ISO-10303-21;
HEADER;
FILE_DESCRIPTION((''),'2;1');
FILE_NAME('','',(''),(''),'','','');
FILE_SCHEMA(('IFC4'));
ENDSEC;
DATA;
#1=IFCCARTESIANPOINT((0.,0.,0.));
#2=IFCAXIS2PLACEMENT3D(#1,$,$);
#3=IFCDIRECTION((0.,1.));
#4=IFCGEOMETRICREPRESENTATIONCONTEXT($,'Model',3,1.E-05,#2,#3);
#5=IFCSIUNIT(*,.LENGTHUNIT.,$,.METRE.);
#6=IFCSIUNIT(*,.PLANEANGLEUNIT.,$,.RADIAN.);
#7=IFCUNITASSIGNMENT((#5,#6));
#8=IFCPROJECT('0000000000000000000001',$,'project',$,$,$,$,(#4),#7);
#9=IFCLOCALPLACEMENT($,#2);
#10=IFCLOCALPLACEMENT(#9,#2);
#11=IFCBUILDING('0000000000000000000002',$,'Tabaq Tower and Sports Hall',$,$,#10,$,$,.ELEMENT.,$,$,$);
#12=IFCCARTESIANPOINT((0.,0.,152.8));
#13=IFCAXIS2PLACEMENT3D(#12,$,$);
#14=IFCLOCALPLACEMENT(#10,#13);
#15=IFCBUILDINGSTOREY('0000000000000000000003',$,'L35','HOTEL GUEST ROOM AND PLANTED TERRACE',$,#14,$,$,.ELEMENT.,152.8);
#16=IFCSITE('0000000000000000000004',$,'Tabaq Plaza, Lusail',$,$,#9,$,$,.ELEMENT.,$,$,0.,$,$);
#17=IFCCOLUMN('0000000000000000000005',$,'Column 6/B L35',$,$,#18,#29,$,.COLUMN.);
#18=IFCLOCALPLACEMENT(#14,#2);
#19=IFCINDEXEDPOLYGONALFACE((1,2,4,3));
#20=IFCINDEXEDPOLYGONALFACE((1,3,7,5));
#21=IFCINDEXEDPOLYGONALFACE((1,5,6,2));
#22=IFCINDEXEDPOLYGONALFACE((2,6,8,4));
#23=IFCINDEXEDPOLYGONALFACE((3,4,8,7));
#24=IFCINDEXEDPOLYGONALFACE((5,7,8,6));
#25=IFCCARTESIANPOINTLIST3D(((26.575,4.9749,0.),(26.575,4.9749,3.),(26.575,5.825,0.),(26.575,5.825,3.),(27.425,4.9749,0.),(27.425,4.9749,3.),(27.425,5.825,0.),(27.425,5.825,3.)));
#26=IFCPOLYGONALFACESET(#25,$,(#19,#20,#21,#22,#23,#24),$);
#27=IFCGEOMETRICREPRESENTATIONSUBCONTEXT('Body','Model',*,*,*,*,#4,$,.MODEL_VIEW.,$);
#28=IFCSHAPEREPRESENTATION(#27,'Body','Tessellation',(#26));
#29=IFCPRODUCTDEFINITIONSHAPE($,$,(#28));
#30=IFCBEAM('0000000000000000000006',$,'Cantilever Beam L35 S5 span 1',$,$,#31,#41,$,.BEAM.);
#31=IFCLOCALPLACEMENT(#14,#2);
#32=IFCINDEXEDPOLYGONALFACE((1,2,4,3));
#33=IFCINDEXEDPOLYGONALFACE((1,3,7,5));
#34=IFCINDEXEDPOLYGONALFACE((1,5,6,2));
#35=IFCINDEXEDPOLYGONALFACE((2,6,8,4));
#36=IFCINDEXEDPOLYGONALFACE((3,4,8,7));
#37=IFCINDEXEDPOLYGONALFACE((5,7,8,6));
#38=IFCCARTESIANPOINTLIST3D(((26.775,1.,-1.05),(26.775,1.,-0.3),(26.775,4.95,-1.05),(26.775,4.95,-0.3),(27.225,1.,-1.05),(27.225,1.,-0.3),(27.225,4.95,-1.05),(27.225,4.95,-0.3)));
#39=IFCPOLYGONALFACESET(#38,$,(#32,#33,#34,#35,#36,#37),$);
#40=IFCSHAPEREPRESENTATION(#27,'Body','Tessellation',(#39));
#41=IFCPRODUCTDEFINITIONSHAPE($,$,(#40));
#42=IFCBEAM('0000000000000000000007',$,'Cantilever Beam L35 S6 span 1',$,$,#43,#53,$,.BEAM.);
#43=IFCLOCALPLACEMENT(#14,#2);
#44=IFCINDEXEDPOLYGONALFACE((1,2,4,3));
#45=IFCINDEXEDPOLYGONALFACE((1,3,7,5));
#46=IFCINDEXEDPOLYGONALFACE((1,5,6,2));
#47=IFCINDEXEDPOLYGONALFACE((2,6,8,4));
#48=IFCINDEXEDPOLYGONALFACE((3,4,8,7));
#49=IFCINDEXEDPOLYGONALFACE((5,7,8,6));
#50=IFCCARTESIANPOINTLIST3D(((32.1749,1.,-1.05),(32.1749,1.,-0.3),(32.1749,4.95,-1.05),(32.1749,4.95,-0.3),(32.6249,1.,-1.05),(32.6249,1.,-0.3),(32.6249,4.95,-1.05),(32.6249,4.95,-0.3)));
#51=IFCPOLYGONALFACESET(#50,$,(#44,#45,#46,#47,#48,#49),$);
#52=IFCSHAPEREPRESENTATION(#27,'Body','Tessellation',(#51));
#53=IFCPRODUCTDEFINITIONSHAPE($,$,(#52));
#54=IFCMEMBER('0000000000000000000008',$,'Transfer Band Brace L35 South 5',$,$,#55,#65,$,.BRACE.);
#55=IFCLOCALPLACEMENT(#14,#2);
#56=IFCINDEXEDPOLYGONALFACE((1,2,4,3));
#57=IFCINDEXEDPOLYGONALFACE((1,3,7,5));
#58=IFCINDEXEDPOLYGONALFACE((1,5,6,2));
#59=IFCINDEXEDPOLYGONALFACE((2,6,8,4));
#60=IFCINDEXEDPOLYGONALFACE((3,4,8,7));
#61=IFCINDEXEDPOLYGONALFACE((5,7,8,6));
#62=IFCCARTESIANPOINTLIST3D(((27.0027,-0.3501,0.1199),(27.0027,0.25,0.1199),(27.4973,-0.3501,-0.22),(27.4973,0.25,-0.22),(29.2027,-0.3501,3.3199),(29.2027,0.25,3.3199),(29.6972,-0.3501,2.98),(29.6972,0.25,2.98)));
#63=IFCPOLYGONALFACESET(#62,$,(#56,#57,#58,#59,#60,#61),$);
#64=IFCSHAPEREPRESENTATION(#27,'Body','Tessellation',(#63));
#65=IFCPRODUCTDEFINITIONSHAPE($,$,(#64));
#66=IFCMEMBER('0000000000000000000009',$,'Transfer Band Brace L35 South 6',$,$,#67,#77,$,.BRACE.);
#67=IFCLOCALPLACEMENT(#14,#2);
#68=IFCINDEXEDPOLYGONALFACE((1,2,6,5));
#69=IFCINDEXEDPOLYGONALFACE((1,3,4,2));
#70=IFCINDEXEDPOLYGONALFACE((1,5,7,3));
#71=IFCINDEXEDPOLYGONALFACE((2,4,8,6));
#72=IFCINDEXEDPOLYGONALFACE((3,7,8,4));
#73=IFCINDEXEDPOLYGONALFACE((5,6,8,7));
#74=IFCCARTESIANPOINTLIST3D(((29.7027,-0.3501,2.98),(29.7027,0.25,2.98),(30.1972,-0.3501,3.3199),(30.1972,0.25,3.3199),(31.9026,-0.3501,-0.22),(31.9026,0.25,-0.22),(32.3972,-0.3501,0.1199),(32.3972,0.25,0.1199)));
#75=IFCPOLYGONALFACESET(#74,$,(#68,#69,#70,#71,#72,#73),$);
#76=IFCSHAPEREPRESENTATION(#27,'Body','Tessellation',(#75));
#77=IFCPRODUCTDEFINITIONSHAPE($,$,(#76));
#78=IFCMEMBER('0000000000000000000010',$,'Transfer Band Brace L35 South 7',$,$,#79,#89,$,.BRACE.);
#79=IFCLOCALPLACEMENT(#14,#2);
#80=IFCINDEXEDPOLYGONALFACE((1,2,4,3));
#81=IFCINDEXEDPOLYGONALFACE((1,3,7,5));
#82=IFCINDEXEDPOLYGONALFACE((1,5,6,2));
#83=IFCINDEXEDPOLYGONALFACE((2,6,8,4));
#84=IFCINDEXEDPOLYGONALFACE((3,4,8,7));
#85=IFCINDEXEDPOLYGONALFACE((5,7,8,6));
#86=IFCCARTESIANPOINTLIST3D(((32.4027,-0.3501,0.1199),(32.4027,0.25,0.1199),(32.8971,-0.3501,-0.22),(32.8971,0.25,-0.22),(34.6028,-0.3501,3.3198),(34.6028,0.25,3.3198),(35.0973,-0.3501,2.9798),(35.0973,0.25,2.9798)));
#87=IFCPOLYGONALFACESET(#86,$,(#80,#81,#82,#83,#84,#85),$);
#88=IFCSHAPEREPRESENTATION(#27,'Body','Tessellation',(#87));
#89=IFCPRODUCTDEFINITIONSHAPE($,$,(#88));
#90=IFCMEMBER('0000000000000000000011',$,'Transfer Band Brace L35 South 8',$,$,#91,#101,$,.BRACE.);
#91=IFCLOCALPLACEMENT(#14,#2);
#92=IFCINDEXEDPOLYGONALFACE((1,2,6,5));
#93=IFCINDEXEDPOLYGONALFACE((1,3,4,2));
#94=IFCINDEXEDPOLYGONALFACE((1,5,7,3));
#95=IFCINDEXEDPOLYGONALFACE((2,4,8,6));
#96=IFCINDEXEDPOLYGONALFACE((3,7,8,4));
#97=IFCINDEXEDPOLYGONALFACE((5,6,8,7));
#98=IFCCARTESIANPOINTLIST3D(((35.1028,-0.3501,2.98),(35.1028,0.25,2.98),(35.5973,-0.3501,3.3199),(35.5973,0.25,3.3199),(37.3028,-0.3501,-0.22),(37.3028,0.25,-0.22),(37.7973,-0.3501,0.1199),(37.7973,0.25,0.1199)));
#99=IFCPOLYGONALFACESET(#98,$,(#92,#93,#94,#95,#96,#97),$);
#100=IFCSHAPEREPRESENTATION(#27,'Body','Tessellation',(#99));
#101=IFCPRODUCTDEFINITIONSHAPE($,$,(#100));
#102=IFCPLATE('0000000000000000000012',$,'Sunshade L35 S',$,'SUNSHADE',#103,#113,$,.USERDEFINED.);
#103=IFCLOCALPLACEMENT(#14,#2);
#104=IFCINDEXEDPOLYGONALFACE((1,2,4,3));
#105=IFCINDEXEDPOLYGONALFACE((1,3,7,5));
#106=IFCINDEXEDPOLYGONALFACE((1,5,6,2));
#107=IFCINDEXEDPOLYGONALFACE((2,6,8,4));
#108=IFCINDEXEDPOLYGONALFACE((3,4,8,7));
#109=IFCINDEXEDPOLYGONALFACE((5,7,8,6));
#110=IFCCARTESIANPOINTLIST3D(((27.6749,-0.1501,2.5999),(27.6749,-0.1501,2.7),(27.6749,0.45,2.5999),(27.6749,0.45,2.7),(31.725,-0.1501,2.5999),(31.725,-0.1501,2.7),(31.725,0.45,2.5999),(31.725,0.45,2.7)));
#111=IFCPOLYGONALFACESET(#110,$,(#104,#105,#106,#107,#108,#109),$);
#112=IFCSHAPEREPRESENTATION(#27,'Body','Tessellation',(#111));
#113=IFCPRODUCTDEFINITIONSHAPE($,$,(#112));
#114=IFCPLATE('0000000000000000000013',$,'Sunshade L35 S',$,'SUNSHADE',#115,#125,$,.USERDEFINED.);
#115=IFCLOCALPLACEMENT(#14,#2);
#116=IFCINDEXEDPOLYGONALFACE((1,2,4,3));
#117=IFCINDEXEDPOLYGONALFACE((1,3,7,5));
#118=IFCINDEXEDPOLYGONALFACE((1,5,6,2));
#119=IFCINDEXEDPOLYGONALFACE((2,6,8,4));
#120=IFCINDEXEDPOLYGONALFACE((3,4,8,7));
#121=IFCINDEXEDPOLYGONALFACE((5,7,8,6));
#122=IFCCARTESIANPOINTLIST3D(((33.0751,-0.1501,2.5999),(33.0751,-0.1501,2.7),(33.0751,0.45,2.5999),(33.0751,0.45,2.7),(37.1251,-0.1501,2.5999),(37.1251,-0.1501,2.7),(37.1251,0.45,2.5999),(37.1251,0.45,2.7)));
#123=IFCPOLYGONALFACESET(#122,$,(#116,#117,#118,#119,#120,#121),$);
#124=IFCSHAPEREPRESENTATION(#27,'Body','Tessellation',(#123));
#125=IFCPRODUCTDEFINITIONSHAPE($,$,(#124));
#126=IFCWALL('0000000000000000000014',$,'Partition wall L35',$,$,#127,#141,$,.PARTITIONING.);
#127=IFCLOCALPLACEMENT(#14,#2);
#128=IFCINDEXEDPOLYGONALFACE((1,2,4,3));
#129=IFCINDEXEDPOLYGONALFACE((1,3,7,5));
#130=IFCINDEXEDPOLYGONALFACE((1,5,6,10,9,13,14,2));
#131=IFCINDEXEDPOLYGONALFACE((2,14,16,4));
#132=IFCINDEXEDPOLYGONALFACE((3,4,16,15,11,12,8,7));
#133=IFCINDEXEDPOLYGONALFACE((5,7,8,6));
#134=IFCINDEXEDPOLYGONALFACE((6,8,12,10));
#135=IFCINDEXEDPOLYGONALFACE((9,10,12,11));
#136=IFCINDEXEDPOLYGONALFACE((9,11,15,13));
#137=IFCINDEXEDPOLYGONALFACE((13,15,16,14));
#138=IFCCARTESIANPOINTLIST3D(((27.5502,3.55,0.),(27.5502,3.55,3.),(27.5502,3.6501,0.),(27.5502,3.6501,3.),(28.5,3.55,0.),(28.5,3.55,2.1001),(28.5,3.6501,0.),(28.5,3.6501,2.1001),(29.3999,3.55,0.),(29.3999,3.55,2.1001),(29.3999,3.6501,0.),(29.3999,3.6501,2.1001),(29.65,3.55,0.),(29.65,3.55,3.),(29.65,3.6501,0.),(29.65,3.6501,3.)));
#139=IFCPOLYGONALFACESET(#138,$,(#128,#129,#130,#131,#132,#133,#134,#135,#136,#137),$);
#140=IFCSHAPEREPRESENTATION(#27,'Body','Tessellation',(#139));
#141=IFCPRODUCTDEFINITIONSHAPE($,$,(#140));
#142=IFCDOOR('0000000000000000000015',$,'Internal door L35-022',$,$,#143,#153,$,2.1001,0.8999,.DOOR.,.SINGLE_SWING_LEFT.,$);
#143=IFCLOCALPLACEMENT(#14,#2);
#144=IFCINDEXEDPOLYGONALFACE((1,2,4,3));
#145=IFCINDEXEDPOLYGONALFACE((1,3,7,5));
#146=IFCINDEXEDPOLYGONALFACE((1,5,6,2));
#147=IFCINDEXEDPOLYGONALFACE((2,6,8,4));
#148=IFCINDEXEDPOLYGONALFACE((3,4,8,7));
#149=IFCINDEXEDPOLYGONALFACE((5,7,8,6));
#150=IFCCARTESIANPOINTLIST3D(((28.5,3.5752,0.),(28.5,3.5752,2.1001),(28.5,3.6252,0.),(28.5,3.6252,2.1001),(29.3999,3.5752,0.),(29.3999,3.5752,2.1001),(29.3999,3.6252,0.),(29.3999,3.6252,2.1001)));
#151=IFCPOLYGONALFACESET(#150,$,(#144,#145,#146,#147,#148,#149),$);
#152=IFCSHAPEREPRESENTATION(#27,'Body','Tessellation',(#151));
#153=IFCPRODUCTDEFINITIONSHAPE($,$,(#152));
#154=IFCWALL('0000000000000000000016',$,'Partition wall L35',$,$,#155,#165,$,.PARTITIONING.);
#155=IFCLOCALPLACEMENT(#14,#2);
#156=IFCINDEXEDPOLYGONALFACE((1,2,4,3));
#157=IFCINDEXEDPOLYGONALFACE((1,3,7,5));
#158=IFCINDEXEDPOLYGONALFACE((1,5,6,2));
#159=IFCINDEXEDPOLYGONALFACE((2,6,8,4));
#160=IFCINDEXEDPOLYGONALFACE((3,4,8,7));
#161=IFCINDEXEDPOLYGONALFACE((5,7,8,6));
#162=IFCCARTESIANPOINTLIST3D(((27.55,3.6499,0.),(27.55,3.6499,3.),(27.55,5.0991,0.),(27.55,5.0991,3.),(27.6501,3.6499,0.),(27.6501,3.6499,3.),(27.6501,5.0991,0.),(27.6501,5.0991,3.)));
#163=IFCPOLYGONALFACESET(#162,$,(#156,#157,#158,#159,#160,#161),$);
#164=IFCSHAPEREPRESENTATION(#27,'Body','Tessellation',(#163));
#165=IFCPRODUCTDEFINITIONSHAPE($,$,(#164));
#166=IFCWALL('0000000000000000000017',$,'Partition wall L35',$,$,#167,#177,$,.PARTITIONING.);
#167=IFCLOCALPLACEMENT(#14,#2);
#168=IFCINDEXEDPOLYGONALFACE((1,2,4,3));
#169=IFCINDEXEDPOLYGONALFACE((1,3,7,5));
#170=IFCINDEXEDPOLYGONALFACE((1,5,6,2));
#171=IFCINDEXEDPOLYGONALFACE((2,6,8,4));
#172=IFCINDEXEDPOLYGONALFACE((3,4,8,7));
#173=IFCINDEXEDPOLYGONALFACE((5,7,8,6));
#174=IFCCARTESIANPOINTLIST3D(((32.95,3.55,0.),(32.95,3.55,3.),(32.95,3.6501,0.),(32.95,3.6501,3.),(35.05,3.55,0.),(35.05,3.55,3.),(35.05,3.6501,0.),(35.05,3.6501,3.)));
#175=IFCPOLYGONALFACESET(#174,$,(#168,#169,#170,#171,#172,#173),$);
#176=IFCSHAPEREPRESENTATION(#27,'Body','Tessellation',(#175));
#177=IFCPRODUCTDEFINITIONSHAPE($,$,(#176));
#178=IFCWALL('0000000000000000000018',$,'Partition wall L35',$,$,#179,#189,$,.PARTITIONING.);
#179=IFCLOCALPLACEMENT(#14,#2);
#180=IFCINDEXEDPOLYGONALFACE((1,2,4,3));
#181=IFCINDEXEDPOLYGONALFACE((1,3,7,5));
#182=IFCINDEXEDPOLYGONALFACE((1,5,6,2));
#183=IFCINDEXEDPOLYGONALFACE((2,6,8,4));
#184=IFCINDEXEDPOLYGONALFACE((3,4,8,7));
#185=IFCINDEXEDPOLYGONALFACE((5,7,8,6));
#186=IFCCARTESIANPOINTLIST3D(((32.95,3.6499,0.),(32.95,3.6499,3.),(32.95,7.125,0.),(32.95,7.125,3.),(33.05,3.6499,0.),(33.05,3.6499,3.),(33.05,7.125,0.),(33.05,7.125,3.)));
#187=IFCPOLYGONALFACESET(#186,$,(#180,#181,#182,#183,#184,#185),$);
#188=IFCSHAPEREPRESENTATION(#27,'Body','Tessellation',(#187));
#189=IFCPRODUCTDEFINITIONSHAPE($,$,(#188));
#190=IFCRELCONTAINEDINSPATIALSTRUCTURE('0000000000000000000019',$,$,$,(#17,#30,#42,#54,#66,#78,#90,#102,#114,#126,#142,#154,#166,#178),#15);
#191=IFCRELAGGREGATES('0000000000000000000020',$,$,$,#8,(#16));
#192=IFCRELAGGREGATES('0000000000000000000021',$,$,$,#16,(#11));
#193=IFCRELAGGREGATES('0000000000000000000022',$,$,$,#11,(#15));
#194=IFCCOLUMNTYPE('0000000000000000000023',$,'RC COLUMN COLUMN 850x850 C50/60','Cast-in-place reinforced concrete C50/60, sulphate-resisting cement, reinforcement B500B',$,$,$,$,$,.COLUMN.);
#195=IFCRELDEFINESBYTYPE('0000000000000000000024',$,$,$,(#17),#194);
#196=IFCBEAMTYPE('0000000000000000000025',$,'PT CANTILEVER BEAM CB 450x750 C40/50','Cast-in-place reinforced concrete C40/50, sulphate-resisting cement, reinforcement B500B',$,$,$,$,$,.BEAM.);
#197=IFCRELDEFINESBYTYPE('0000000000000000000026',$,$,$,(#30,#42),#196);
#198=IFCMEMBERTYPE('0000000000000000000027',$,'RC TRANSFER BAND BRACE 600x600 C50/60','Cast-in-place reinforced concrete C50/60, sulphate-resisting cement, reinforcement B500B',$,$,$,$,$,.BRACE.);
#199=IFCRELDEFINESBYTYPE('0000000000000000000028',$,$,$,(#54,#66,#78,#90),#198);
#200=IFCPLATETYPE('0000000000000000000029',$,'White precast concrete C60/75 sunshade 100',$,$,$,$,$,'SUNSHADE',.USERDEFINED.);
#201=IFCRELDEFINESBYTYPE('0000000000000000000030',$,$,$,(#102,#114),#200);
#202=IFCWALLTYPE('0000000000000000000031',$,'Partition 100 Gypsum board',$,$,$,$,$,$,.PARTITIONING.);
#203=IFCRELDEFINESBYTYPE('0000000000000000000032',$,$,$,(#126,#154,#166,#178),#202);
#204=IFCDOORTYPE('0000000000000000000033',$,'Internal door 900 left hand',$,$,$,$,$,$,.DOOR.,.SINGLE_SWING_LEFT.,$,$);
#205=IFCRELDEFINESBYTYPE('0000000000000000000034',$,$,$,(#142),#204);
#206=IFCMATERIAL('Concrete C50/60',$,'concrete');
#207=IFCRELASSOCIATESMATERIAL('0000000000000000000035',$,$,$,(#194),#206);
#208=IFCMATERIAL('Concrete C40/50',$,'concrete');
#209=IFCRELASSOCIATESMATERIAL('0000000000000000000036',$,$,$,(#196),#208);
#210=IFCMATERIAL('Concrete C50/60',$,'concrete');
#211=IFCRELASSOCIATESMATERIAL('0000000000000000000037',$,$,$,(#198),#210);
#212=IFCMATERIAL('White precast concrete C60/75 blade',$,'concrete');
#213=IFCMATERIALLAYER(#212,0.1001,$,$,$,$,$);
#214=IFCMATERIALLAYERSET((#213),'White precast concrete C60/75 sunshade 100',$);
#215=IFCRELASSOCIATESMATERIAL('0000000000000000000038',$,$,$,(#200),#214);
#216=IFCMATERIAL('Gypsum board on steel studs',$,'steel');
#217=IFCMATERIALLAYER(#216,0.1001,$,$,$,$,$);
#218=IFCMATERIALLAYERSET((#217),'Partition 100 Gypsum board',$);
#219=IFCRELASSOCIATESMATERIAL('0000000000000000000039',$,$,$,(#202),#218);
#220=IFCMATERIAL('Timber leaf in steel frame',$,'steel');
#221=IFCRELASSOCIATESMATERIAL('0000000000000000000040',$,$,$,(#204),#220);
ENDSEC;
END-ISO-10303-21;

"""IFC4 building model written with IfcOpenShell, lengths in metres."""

from ifc_helpers import new_model, si_unit, direction, frame, frame_2d, origin, origin_2d, place, context, subcontext, project, spatial, rectangle, extrude, material, layer, layer_set, material_profile, profile_set, type_object, element, fill, save


model = new_model("IFC4")

# Units and contexts
model_context = context("Model", 3, precision=1e-05, world=origin(), true_north=direction((0.0, 1.0)))
body_context = subcontext(model_context, "Body", "Model", "MODEL_VIEW")
ifc_project = project(units=[si_unit("LENGTHUNIT", "METRE"), si_unit("PLANEANGLEUNIT", "RADIAN")], contexts=[model_context])

# Site, building, storey
site_placement = place(None, origin())
site = spatial("IfcSite", under=ifc_project, at=site_placement, Name="Tabaq Plaza, Lusail", CompositionType="ELEMENT", RefElevation=0.0)
building_placement = place(site_placement, origin())
building = spatial("IfcBuilding", under=site, at=building_placement, Name="Tabaq Tower and Sports Hall", CompositionType="ELEMENT")
storey_placement = place(building_placement, frame((0.0, 0.0, 152.8)))
storey = spatial("IfcBuildingStorey", under=building, at=storey_placement, Name="L35", Description="HOTEL GUEST ROOM AND PLANTED TERRACE", CompositionType="ELEMENT", Elevation=152.8)

# Column
ifc_material_1 = material(Name="Concrete C50/60", Category="concrete")
ifc_material_profile_1 = material_profile(ifc_material_1, rectangle(XDim=0.8501, YDim=0.8501, at=origin_2d()), Name="COLUMN 850x850")
ifc_profile_set_1 = profile_set([ifc_material_profile_1], Name="Concrete C50/60")
column_type = type_object("IfcColumnType", Name="RC COLUMN COLUMN 850x850 C50/60", Description="Cast-in-place reinforced concrete C50/60, sulphate-resisting cement, reinforcement B500B", PredefinedType="COLUMN", material=ifc_profile_set_1)
column_placement = place(storey_placement, frame((27.0, 5.3999, 0.0), z_axis=(0.0, 0.0, 1.0), x_axis=(1.0, 0.0, 0.0)))
element("IfcColumn", 1, at=column_placement, inside=storey, type_object=column_type, Name="Column 6/B L35", PredefinedType="COLUMN", context=body_context, shape_type="SweptSolid", body=[
    extrude(rectangle(XDim=0.8501, YDim=0.8501, at=origin_2d()), origin(), (0.0, 0.0, 1.0), 3.0),
])

# Beams
ifc_material_2 = material(Name="Concrete C40/50", Category="concrete")
ifc_material_profile_2 = material_profile(ifc_material_2, rectangle(XDim=0.45, YDim=0.75, at=origin_2d()), Name="CB 450x750")
ifc_profile_set_2 = profile_set([ifc_material_profile_2], Name="Concrete C40/50")
beam_type = type_object("IfcBeamType", Name="PT CANTILEVER BEAM CB 450x750 C40/50", Description="Cast-in-place reinforced concrete C40/50, sulphate-resisting cement, reinforcement B500B", PredefinedType="BEAM", material=ifc_profile_set_2)
for number, where, z_axis, x_axis, name in (
    (2, (27.0, 1.0, -0.675), (0.0, 1.0, 0.0), (-1.0, 0.0, 0.0), "Cantilever Beam L35 S5 span 1"),
    (3, (32.3999, 1.0, -0.675), (0.0, 1.0, 0.0), (-1.0, 0.0, 0.0), "Cantilever Beam L35 S6 span 1"),
):
    element("IfcBeam", number, at=place(storey_placement, frame(where, z_axis=z_axis, x_axis=x_axis)), inside=storey, type_object=beam_type, Name=name, PredefinedType="BEAM", context=body_context, shape_type="SweptSolid", body=[
        extrude(rectangle(XDim=0.45, YDim=0.75, at=origin_2d()), origin(), (0.0, 0.0, 1.0), 3.95),
    ])

# Members
ifc_material_3 = material(Name="Concrete C50/60", Category="concrete")
ifc_material_profile_3 = material_profile(ifc_material_3, rectangle(XDim=0.6001, YDim=0.6001, at=origin_2d()), Name="TRANSFER BAND BRACE 600x600")
ifc_profile_set_3 = profile_set([ifc_material_profile_3], Name="Concrete C50/60")
member_type = type_object("IfcMemberType", Name="RC TRANSFER BAND BRACE 600x600 C50/60", Description="Cast-in-place reinforced concrete C50/60, sulphate-resisting cement, reinforcement B500B", PredefinedType="BRACE", material=ifc_profile_set_3)
for number, where, z_axis, x_axis, name in (
    (4, (27.25, -0.05, -0.05), (0.566526, 0.0, 0.824044), (0.0, 1.0, 0.0), "Transfer Band Brace L35 South 5"),
    (5, (32.1499, -0.05, -0.05), (-0.566526, 0.0, 0.824044), (0.0, -1.0, 0.0), "Transfer Band Brace L35 South 6"),
    (6, (32.6499, -0.05, -0.05), (0.566569, 0.0, 0.824014), (0.0, 1.0, 0.0), "Transfer Band Brace L35 South 7"),
    (7, (37.55, -0.05, -0.05), (-0.566526, 0.0, 0.824044), (0.0, -1.0, 0.0), "Transfer Band Brace L35 South 8"),
):
    element("IfcMember", number, at=place(storey_placement, frame(where, z_axis=z_axis, x_axis=x_axis)), inside=storey, type_object=member_type, Name=name, PredefinedType="BRACE", context=body_context, shape_type="SweptSolid", body=[
        extrude(rectangle(XDim=0.6001, YDim=0.6001, at=origin_2d()), origin(), (0.0, 0.0, 1.0), 3.8833),
    ])

# Plates
ifc_material_4 = material(Name="White precast concrete C60/75 blade", Category="concrete")
ifc_layer_1 = layer(ifc_material_4, 0.1001)
ifc_layer_set_1 = layer_set([ifc_layer_1], Name="White precast concrete C60/75 sunshade 100")
plate_type = type_object("IfcPlateType", Name="White precast concrete C60/75 sunshade 100", ElementType="SUNSHADE", PredefinedType="USERDEFINED", material=ifc_layer_set_1)
for number, where, z_axis, x_axis, name in (
    (8, (29.7, 0.1499, 2.5999), (0.0, 0.0, 1.0), (1.0, 0.0, 0.0), "Sunshade L35 S"),
    (9, (35.1001, 0.1499, 2.5999), (0.0, 0.0, 1.0), (1.0, 0.0, 0.0), "Sunshade L35 S"),
):
    element("IfcPlate", number, at=place(storey_placement, frame(where, z_axis=z_axis, x_axis=x_axis)), inside=storey, type_object=plate_type, Name=name, ObjectType="SUNSHADE", PredefinedType="USERDEFINED", context=body_context, shape_type="SweptSolid", body=[
        extrude(rectangle(XDim=4.05, YDim=0.6001, at=origin_2d()), origin(), (0.0, 0.0, 1.0), 0.1001),
    ])

# Wall, opening, door
ifc_material_5 = material(Name="Gypsum board on steel studs", Category="steel")
ifc_layer_2 = layer(ifc_material_5, 0.1001)
ifc_layer_set_2 = layer_set([ifc_layer_2], Name="Partition 100 Gypsum board")
wall_type_1 = type_object("IfcWallType", Name="Partition 100 Gypsum board", PredefinedType="PARTITIONING", material=ifc_layer_set_2)
wall_1_placement = place(storey_placement, frame((29.6499, 3.6001, 0.0), z_axis=(0.0, 0.0, 1.0), x_axis=(-1.0, 0.0, 0.0)))
wall_1 = element("IfcWall", 10, at=wall_1_placement, inside=storey, type_object=wall_type_1, Name="Partition wall L35", PredefinedType="PARTITIONING", context=body_context, shape_type="SweptSolid", body=[
    extrude(rectangle(XDim=2.0999, YDim=0.1001, at=frame_2d((1.0498, 0.0))), origin(), (0.0, 0.0, 1.0), 3.0),
])
opening_placement = place(wall_1_placement, frame((0.25, 0.0, 0.0)))
opening = element("IfcOpeningElement", 11, at=opening_placement, cuts=wall_1, PredefinedType="OPENING", context=body_context, shape_type="SweptSolid", body=[
    extrude(rectangle(XDim=0.8999, YDim=2.1001, at=frame_2d((0.45, 1.05))), frame((0.0, 0.05, 0.0), z_axis=(0.0, -1.0, 0.0), x_axis=(1.0, 0.0, 0.0)), (0.0, 0.0, 1.0), 0.1001),
])
ifc_material_6 = material(Name="Timber leaf in steel frame", Category="steel")
door_type = type_object("IfcDoorType", Name="Internal door 900 left hand", OperationType="SINGLE_SWING_LEFT", PredefinedType="DOOR", material=ifc_material_6)
door_placement = place(opening_placement, origin())
door = element("IfcDoor", 12, at=door_placement, inside=storey, type_object=door_type, Name="Internal door L35-022", OperationType="SINGLE_SWING_LEFT", OverallHeight=2.1001, OverallWidth=0.8999, PredefinedType="DOOR", context=body_context, shape_type="SweptSolid", body=[
    extrude(rectangle(XDim=0.8999, YDim=2.1001, at=frame_2d((0.45, 1.05))), frame((0.0, 0.0249, 0.0), z_axis=(0.0, -1.0, 0.0), x_axis=(1.0, 0.0, 0.0)), (0.0, 0.0, 1.0), 0.05),
])
fill(opening, door)

# Walls
wall_2_placement = place(storey_placement, frame((27.6001, 3.6499, 0.0), z_axis=(0.0, 0.0, 1.0), x_axis=(0.0, 1.0, 0.0)))
element("IfcWall", 13, at=wall_2_placement, inside=storey, type_object=wall_type_1, Name="Partition wall L35", PredefinedType="PARTITIONING", context=body_context, shape_type="SweptSolid", body=[
    extrude(rectangle(XDim=1.4492, YDim=0.1001, at=frame_2d((0.7246, 0.0))), origin(), (0.0, 0.0, 1.0), 3.0),
])
wall_3_placement = place(storey_placement, frame((35.05, 3.6001, 0.0), z_axis=(0.0, 0.0, 1.0), x_axis=(-1.0, 0.0, 0.0)))
element("IfcWall", 14, at=wall_3_placement, inside=storey, type_object=wall_type_1, Name="Partition wall L35", PredefinedType="PARTITIONING", context=body_context, shape_type="SweptSolid", body=[
    extrude(rectangle(XDim=2.1001, YDim=0.1001, at=frame_2d((1.05, 0.0))), origin(), (0.0, 0.0, 1.0), 3.0),
])
wall_4_placement = place(storey_placement, frame((33.0, 3.6499, 0.0), z_axis=(0.0, 0.0, 1.0), x_axis=(0.0, 1.0, 0.0)))
element("IfcWall", 15, at=wall_4_placement, inside=storey, type_object=wall_type_1, Name="Partition wall L35", PredefinedType="PARTITIONING", context=body_context, shape_type="SweptSolid", body=[
    extrude(rectangle(XDim=3.4751, YDim=0.1001, at=frame_2d((1.7375, 0.0))), origin(), (0.0, 0.0, 1.0), 3.0),
])

save(model, "model.ifc")
